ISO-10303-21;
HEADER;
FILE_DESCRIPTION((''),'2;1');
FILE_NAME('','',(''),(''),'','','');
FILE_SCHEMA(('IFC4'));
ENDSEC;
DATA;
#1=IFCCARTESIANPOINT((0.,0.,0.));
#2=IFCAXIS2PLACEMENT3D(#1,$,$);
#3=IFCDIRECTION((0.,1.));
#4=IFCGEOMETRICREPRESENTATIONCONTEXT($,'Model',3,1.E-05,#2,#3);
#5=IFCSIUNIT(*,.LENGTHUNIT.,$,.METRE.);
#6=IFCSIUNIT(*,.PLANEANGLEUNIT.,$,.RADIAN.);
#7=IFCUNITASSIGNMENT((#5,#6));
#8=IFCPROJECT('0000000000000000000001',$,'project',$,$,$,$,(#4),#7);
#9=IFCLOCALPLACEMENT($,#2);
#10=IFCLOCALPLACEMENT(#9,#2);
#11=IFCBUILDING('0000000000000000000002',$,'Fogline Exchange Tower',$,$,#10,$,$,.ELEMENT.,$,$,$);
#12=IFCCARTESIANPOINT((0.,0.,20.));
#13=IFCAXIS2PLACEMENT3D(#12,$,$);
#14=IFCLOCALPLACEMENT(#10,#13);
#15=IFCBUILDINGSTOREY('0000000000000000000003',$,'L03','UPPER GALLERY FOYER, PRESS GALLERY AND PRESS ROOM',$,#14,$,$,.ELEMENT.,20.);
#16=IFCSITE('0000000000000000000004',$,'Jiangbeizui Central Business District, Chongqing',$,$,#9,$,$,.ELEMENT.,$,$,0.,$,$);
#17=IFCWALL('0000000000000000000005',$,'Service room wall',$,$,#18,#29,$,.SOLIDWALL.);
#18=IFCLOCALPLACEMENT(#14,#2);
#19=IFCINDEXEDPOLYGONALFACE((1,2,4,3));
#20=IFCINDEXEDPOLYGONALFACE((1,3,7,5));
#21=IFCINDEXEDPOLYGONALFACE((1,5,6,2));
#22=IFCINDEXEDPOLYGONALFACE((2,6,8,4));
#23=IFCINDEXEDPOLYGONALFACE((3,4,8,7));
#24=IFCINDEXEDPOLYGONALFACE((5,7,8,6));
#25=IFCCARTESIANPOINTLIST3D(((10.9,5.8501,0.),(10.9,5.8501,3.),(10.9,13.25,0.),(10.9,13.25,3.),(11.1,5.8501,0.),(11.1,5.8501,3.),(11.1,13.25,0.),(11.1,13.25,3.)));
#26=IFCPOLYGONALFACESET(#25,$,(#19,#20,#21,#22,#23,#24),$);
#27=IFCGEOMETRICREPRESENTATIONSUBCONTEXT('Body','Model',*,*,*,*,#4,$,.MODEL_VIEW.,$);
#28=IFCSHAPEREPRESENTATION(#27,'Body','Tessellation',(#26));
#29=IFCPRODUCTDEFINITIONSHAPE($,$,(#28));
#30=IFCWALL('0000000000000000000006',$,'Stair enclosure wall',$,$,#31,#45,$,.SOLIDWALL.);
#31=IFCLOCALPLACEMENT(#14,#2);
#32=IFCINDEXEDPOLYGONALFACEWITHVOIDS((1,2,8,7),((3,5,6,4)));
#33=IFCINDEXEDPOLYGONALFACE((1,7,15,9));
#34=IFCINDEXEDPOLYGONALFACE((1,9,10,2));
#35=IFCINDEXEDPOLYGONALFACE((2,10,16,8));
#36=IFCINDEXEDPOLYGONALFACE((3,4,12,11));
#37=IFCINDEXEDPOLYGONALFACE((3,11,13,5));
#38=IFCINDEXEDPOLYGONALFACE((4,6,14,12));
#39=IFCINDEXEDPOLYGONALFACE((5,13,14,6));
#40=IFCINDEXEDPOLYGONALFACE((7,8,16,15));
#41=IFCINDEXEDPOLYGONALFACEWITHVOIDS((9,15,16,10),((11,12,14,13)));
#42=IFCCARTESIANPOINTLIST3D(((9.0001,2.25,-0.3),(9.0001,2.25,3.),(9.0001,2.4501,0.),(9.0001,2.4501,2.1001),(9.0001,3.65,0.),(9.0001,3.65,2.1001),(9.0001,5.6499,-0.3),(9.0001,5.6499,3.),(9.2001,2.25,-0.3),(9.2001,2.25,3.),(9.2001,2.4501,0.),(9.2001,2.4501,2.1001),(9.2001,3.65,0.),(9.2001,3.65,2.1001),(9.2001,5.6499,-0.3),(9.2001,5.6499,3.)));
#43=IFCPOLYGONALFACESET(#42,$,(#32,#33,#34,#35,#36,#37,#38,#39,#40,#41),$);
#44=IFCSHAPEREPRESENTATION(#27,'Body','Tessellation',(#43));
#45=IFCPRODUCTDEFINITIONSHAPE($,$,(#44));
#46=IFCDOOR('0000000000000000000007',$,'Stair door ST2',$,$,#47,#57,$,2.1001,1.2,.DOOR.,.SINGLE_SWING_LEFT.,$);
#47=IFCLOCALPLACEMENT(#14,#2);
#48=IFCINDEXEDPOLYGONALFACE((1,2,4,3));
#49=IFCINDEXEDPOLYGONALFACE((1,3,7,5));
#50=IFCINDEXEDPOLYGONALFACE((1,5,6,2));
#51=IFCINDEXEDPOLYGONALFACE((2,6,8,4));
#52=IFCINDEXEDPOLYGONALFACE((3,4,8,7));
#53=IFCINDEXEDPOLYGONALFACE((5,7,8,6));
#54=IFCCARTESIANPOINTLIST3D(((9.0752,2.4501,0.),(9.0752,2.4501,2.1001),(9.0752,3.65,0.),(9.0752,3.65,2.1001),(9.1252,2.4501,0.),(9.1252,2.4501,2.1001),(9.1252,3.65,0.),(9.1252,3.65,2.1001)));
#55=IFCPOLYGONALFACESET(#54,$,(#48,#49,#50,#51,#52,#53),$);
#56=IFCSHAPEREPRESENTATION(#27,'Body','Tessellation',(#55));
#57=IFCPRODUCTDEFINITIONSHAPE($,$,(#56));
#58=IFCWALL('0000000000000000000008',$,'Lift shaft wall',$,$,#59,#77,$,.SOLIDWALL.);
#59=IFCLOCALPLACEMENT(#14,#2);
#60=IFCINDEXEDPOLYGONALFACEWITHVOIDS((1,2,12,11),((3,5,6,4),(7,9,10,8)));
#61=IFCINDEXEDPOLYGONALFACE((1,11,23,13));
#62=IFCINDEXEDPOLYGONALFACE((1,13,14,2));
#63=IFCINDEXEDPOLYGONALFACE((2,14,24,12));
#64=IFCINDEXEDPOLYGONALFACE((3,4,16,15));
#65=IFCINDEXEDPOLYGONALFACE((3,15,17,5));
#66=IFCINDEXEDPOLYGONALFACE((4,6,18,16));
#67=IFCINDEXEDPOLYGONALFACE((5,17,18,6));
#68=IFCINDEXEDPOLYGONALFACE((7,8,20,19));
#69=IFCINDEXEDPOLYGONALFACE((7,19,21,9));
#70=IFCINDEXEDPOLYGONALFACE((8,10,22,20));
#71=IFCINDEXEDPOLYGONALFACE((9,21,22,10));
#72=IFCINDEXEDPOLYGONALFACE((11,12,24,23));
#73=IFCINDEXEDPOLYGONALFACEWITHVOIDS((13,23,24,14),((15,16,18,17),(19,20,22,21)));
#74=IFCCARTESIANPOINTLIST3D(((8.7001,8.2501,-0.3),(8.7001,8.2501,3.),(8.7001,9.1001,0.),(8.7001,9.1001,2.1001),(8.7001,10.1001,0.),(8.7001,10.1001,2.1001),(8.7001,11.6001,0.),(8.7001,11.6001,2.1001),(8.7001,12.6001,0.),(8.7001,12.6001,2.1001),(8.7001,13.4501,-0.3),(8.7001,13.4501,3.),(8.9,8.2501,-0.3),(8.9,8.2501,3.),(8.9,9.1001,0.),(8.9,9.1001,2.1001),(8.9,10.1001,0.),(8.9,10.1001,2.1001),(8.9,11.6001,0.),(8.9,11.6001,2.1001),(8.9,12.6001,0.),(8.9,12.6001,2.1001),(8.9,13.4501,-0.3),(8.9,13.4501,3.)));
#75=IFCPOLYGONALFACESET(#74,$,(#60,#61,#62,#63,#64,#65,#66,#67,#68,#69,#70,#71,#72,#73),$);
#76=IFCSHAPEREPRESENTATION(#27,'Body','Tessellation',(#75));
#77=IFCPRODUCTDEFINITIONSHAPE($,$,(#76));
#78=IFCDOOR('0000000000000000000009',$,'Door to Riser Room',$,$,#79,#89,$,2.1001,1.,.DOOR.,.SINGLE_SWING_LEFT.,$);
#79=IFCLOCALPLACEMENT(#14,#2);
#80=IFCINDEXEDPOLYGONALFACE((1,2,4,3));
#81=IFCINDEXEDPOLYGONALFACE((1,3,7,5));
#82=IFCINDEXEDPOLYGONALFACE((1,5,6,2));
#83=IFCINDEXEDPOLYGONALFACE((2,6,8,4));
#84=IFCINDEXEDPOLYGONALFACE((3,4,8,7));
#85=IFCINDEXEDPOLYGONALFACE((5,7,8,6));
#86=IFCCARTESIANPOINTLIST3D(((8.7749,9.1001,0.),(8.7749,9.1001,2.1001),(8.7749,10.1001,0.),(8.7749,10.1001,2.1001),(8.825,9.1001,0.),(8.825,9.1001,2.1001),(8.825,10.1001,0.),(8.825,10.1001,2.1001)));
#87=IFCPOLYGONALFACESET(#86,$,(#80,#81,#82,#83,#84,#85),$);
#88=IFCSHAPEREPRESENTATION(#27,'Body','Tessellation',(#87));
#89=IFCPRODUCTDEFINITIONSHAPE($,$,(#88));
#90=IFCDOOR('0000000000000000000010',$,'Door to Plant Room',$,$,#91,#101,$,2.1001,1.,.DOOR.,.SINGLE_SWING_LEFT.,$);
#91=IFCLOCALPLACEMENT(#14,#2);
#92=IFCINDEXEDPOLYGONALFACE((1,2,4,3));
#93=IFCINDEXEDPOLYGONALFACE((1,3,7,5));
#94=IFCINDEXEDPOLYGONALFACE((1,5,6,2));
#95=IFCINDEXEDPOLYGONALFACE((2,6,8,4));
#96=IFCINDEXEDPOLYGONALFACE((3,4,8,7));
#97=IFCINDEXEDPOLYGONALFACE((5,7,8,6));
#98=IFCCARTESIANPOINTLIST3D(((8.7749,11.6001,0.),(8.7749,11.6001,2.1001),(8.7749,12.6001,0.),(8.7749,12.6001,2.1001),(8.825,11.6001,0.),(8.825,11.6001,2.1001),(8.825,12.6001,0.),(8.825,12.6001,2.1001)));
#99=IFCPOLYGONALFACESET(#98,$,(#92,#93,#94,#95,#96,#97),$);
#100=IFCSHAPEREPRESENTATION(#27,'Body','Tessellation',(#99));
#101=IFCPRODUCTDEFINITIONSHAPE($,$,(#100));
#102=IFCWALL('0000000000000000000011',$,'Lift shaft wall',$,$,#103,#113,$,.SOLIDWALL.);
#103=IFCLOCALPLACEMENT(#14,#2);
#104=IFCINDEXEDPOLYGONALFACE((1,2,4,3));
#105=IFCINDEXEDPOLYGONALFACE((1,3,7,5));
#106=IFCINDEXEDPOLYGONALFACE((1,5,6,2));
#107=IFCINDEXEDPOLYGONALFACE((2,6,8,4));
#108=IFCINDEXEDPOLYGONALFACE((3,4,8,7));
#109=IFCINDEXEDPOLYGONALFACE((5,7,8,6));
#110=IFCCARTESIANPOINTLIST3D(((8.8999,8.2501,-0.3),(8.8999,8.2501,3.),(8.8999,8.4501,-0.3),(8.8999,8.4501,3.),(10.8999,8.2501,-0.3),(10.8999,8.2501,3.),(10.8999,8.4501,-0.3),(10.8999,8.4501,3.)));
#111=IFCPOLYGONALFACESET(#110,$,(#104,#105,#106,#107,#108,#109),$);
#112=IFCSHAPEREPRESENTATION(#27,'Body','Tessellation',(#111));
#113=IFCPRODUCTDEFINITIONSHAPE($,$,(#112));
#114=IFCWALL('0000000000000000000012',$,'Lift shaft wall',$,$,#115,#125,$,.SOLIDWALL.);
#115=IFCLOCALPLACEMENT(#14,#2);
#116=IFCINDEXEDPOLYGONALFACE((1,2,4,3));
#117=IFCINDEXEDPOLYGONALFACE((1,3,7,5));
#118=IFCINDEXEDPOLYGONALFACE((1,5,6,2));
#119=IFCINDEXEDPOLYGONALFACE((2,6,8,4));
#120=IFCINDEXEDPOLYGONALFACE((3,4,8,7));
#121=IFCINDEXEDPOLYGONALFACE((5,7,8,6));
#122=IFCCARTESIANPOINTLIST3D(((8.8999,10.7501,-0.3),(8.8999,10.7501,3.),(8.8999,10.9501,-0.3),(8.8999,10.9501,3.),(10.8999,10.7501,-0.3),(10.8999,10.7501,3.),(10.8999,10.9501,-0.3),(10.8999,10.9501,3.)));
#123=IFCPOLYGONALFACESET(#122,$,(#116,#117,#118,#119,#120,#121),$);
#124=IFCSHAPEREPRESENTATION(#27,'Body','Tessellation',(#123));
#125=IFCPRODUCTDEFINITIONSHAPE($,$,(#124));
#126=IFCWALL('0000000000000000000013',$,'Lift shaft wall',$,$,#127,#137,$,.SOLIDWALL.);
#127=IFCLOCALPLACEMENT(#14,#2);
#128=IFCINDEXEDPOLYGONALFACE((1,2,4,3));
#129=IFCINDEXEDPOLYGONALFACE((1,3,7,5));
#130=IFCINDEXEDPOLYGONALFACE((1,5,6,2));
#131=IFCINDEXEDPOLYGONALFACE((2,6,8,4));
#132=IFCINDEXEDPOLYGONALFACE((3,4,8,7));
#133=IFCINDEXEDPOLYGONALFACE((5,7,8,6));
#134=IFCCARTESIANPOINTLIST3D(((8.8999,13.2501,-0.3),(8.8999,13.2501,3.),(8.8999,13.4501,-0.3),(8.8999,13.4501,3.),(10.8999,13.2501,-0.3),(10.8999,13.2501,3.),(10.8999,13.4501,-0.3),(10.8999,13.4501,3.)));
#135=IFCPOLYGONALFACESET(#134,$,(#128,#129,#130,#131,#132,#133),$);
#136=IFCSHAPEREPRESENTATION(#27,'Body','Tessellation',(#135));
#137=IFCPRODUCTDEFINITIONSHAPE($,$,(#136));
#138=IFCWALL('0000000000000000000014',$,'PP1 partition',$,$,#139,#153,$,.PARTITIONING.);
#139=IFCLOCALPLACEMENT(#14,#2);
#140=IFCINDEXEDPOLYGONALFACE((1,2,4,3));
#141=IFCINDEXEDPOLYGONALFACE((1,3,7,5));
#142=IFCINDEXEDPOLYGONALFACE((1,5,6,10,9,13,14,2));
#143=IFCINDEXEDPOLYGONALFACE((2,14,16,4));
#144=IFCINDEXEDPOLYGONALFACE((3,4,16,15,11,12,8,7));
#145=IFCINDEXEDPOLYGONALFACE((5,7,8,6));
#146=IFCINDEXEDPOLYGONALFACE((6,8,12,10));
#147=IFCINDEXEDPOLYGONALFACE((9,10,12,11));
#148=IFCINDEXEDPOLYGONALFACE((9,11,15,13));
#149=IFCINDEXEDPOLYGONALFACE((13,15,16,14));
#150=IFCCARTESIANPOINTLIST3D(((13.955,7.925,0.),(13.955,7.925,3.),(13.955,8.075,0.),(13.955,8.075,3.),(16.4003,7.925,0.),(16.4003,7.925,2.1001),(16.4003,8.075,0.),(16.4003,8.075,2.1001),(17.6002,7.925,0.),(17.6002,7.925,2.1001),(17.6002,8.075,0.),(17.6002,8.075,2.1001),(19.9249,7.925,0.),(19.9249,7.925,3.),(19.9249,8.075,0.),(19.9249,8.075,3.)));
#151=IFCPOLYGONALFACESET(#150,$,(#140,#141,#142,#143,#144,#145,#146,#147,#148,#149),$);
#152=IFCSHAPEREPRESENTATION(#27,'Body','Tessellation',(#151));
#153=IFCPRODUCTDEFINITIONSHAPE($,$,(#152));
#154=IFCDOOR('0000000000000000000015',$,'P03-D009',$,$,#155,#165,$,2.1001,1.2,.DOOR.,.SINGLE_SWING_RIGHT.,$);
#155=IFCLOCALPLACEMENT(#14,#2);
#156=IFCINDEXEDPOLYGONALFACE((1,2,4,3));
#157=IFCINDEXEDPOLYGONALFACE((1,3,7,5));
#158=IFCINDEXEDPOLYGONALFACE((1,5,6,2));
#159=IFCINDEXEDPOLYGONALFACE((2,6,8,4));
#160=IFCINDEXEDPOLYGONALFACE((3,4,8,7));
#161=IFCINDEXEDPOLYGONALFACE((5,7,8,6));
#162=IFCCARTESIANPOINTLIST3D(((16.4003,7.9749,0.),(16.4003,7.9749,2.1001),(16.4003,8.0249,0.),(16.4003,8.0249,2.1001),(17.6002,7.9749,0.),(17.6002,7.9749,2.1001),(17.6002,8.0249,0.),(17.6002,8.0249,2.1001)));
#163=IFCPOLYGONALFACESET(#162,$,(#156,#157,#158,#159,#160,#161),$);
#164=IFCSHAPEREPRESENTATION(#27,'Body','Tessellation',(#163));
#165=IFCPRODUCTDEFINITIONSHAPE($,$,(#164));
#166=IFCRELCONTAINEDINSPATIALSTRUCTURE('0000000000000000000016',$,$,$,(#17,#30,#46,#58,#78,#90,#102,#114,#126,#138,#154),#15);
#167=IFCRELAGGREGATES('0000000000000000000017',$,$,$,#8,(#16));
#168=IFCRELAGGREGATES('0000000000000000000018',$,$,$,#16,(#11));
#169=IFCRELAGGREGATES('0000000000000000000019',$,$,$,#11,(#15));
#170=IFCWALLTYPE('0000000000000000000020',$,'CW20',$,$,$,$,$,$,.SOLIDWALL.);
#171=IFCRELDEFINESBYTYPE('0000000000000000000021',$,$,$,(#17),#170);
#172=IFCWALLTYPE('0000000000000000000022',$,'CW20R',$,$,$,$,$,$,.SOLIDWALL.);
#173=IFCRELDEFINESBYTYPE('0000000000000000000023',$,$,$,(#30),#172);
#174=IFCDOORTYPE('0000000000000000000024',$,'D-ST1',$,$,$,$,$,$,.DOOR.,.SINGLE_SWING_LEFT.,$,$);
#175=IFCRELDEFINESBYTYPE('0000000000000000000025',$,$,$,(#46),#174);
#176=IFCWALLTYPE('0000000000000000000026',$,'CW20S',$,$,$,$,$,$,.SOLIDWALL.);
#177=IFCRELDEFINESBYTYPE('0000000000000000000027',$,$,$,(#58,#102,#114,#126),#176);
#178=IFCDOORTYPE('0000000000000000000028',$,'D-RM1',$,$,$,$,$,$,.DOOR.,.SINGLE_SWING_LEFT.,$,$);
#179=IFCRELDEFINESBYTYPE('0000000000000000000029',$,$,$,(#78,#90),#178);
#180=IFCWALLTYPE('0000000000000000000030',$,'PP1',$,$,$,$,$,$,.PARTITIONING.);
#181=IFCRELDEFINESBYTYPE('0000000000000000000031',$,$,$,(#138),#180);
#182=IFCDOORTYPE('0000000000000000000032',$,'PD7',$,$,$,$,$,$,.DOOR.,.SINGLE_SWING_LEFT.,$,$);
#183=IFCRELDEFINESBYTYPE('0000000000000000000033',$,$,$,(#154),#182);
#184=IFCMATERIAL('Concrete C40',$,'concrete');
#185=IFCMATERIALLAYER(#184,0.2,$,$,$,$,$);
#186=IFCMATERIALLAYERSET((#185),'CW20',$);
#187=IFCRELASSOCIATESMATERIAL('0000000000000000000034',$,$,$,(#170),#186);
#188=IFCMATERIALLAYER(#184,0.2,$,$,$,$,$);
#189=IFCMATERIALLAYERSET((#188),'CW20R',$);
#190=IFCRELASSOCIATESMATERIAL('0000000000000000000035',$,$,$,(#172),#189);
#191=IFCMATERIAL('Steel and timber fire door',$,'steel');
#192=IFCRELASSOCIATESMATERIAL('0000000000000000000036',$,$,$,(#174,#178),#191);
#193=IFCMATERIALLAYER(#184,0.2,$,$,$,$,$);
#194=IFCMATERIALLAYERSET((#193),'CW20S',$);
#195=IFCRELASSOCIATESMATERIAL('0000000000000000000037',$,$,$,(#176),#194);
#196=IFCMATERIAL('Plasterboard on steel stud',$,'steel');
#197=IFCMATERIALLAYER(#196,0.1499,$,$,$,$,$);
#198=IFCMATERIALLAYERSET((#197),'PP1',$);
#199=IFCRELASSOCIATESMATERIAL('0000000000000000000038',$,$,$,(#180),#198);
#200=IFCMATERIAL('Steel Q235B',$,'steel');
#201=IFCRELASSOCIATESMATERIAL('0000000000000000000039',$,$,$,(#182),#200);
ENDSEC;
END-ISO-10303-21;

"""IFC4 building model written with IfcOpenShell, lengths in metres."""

from ifc_helpers import new_model, si_unit, direction, frame, frame_2d, origin, place, context, subcontext, project, spatial, rectangle, extrude, material, layer, layer_set, type_object, element, fill, save


model = new_model("IFC4")

# Units and contexts
model_context = context("Model", 3, precision=1e-05, world=origin(), true_north=direction((0.0, 1.0)))
body_context = subcontext(model_context, "Body", "Model", "MODEL_VIEW")
ifc_project = project(units=[si_unit("LENGTHUNIT", "METRE"), si_unit("PLANEANGLEUNIT", "RADIAN")], contexts=[model_context])

# Site, building, storey
site_placement = place(None, origin())
site = spatial("IfcSite", under=ifc_project, at=site_placement, Name="Jiangbeizui Central Business District, Chongqing", CompositionType="ELEMENT", RefElevation=0.0)
building_placement = place(site_placement, origin())
building = spatial("IfcBuilding", under=site, at=building_placement, Name="Fogline Exchange Tower", CompositionType="ELEMENT")
storey_placement = place(building_placement, frame((0.0, 0.0, 20.0)))
storey = spatial("IfcBuildingStorey", under=building, at=storey_placement, Name="L03", Description="UPPER GALLERY FOYER, PRESS GALLERY AND PRESS ROOM", CompositionType="ELEMENT", Elevation=20.0)

# Wall
ifc_material_1 = material(Name="Concrete C40", Category="concrete")
ifc_layer_1 = layer(ifc_material_1, 0.2)
ifc_layer_set_1 = layer_set([ifc_layer_1], Name="CW20")
wall_type_1 = type_object("IfcWallType", Name="CW20", PredefinedType="SOLIDWALL", material=ifc_layer_set_1)
wall_1_placement = place(storey_placement, frame((11.0, 5.8501, 0.0), z_axis=(0.0, 0.0, 1.0), x_axis=(0.0, 1.0, 0.0)))
element("IfcWall", 1, at=wall_1_placement, inside=storey, type_object=wall_type_1, Name="Service room wall", PredefinedType="SOLIDWALL", context=body_context, shape_type="SweptSolid", body=[
    extrude(rectangle(XDim=7.3999, YDim=0.2, at=frame_2d((3.7, 0.0))), origin(), (0.0, 0.0, 1.0), 3.0),
])

# Wall, opening, door
ifc_layer_2 = layer(ifc_material_1, 0.2)
ifc_layer_set_2 = layer_set([ifc_layer_2], Name="CW20R")
wall_type_2 = type_object("IfcWallType", Name="CW20R", PredefinedType="SOLIDWALL", material=ifc_layer_set_2)
wall_2_placement = place(storey_placement, frame((9.1001, 2.25, -0.3), z_axis=(0.0, 0.0, 1.0), x_axis=(0.0, 1.0, 0.0)))
wall_2 = element("IfcWall", 2, at=wall_2_placement, inside=storey, type_object=wall_type_2, Name="Stair enclosure wall", PredefinedType="SOLIDWALL", context=body_context, shape_type="SweptSolid", body=[
    extrude(rectangle(XDim=3.3999, YDim=0.2, at=frame_2d((1.7, 0.0))), origin(), (0.0, 0.0, 1.0), 3.3),
])
opening_1_placement = place(wall_2_placement, frame((0.2, 0.0, 0.3)))
opening_1 = element("IfcOpeningElement", 3, at=opening_1_placement, cuts=wall_2, PredefinedType="OPENING", context=body_context, shape_type="SweptSolid", body=[
    extrude(rectangle(XDim=1.2, YDim=2.1001, at=frame_2d((0.6001, 1.05))), frame((0.0, 0.1099, 0.0), z_axis=(0.0, -1.0, 0.0), x_axis=(1.0, 0.0, 0.0)), (0.0, 0.0, 1.0), 0.22),
])
ifc_material_2 = material(Name="Steel and timber fire door", Category="steel")
door_type_1 = type_object("IfcDoorType", Name="D-ST1", OperationType="SINGLE_SWING_LEFT", PredefinedType="DOOR", material=ifc_material_2)
door_1_placement = place(opening_1_placement, origin())
door_1 = element("IfcDoor", 4, at=door_1_placement, inside=storey, type_object=door_type_1, Name="Stair door ST2", OperationType="SINGLE_SWING_LEFT", OverallHeight=2.1001, OverallWidth=1.2, PredefinedType="DOOR", context=body_context, shape_type="SweptSolid", body=[
    extrude(rectangle(XDim=1.2, YDim=2.1001, at=frame_2d((0.6001, 1.05))), frame((0.0, 0.0249, 0.0), z_axis=(0.0, -1.0, 0.0), x_axis=(1.0, 0.0, 0.0)), (0.0, 0.0, 1.0), 0.05),
])
fill(opening_1, door_1)

# Wall, openings, doors
ifc_layer_3 = layer(ifc_material_1, 0.2)
ifc_layer_set_3 = layer_set([ifc_layer_3], Name="CW20S")
wall_type_3 = type_object("IfcWallType", Name="CW20S", PredefinedType="SOLIDWALL", material=ifc_layer_set_3)
wall_3_placement = place(storey_placement, frame((8.8, 8.25, -0.3), z_axis=(0.0, 0.0, 1.0), x_axis=(0.0, 1.0, 0.0)))
wall_3 = element("IfcWall", 5, at=wall_3_placement, inside=storey, type_object=wall_type_3, Name="Lift shaft wall", PredefinedType="SOLIDWALL", context=body_context, shape_type="SweptSolid", body=[
    extrude(rectangle(XDim=5.2, YDim=0.2, at=frame_2d((2.6001, 0.0))), origin(), (0.0, 0.0, 1.0), 3.3),
])
opening_2_placement = place(wall_3_placement, frame((0.8501, 0.0, 0.3)))
opening_2 = element("IfcOpeningElement", 6, at=opening_2_placement, cuts=wall_3, PredefinedType="OPENING", context=body_context, shape_type="SweptSolid", body=[
    extrude(rectangle(XDim=1.0, YDim=2.1001, at=frame_2d((0.5, 1.05))), frame((0.0, 0.1099, 0.0), z_axis=(0.0, -1.0, 0.0), x_axis=(1.0, 0.0, 0.0)), (0.0, 0.0, 1.0), 0.22),
])
opening_3_placement = place(wall_3_placement, frame((3.3501, 0.0, 0.3)))
opening_3 = element("IfcOpeningElement", 7, at=opening_3_placement, cuts=wall_3, PredefinedType="OPENING", context=body_context, shape_type="SweptSolid", body=[
    extrude(rectangle(XDim=1.0, YDim=2.1001, at=frame_2d((0.5, 1.05))), frame((0.0, 0.1099, 0.0), z_axis=(0.0, -1.0, 0.0), x_axis=(1.0, 0.0, 0.0)), (0.0, 0.0, 1.0), 0.22),
])
door_type_2 = type_object("IfcDoorType", Name="D-RM1", OperationType="SINGLE_SWING_LEFT", PredefinedType="DOOR", material=ifc_material_2)
door_2_placement = place(opening_2_placement, frame((1.0, 0.0, 0.0), z_axis=(0.0, 0.0, 1.0), x_axis=(-1.0, 0.0, 0.0)))
door_2 = element("IfcDoor", 8, at=door_2_placement, inside=storey, type_object=door_type_2, Name="Door to Riser Room", OperationType="SINGLE_SWING_LEFT", OverallHeight=2.1001, OverallWidth=1.0, PredefinedType="DOOR", context=body_context, shape_type="SweptSolid", body=[
    extrude(rectangle(XDim=1.0, YDim=2.1001, at=frame_2d((0.5, 1.05))), frame((0.0, 0.0249, 0.0), z_axis=(0.0, -1.0, 0.0), x_axis=(1.0, 0.0, 0.0)), (0.0, 0.0, 1.0), 0.05),
])
fill(opening_2, door_2)
door_3_placement = place(opening_3_placement, frame((1.0, 0.0, 0.0), z_axis=(0.0, 0.0, 1.0), x_axis=(-1.0, 0.0, 0.0)))
door_3 = element("IfcDoor", 9, at=door_3_placement, inside=storey, type_object=door_type_2, Name="Door to Plant Room", OperationType="SINGLE_SWING_LEFT", OverallHeight=2.1001, OverallWidth=1.0, PredefinedType="DOOR", context=body_context, shape_type="SweptSolid", body=[
    extrude(rectangle(XDim=1.0, YDim=2.1001, at=frame_2d((0.5, 1.05))), frame((0.0, 0.0249, 0.0), z_axis=(0.0, -1.0, 0.0), x_axis=(1.0, 0.0, 0.0)), (0.0, 0.0, 1.0), 0.05),
])
fill(opening_3, door_3)

# Walls
for number, where, z_axis, x_axis, name in (
    (10, (8.8999, 8.3501, -0.3), (0.0, 0.0, 1.0), (1.0, 0.0, 0.0), "Lift shaft wall"),
    (11, (8.8999, 10.8501, -0.3), (0.0, 0.0, 1.0), (1.0, 0.0, 0.0), "Lift shaft wall"),
    (12, (8.8999, 13.3501, -0.3), (0.0, 0.0, 1.0), (1.0, 0.0, 0.0), "Lift shaft wall"),
):
    element("IfcWall", number, at=place(storey_placement, frame(where, z_axis=z_axis, x_axis=x_axis)), inside=storey, type_object=wall_type_3, Name=name, PredefinedType="SOLIDWALL", context=body_context, shape_type="SweptSolid", body=[
        extrude(rectangle(XDim=2.0, YDim=0.2, at=frame_2d((1.0, 0.0))), origin(), (0.0, 0.0, 1.0), 3.3),
    ])

# Wall, opening, door
ifc_material_3 = material(Name="Plasterboard on steel stud", Category="steel")
ifc_layer_4 = layer(ifc_material_3, 0.1499)
ifc_layer_set_4 = layer_set([ifc_layer_4], Name="PP1")
wall_type_4 = type_object("IfcWallType", Name="PP1", PredefinedType="PARTITIONING", material=ifc_layer_set_4)
wall_4_placement = place(storey_placement, frame((13.9551, 8.0, 0.0), z_axis=(0.0, 0.0, 1.0), x_axis=(1.0, 0.0, 0.0)))
wall_4 = element("IfcWall", 13, at=wall_4_placement, inside=storey, type_object=wall_type_4, Name="PP1 partition", PredefinedType="PARTITIONING", context=body_context, shape_type="SweptSolid", body=[
    extrude(rectangle(XDim=5.97, YDim=0.1499, at=frame_2d((2.9849, 0.0))), origin(), (0.0, 0.0, 1.0), 3.0),
])
opening_4_placement = place(wall_4_placement, frame((2.4451, 0.0, 0.0)))
opening_4 = element("IfcOpeningElement", 14, at=opening_4_placement, cuts=wall_4, PredefinedType="OPENING", context=body_context, shape_type="SweptSolid", body=[
    extrude(rectangle(XDim=1.2, YDim=2.1001, at=frame_2d((0.6001, 1.05))), frame((0.0, 0.085, 0.0), z_axis=(0.0, -1.0, 0.0), x_axis=(1.0, 0.0, 0.0)), (0.0, 0.0, 1.0), 0.1699),
])
ifc_material_4 = material(Name="Steel Q235B", Category="steel")
door_type_3 = type_object("IfcDoorType", Name="PD7", OperationType="SINGLE_SWING_LEFT", PredefinedType="DOOR", material=ifc_material_4)
door_4_placement = place(opening_4_placement, origin())
door_4 = element("IfcDoor", 15, at=door_4_placement, inside=storey, type_object=door_type_3, Name="P03-D009", OperationType="SINGLE_SWING_RIGHT", OverallHeight=2.1001, OverallWidth=1.2, PredefinedType="DOOR", context=body_context, shape_type="SweptSolid", body=[
    extrude(rectangle(XDim=1.2, YDim=2.1001, at=frame_2d((0.6001, 1.05))), frame((0.0, 0.0249, 0.0), z_axis=(0.0, -1.0, 0.0), x_axis=(1.0, 0.0, 0.0)), (0.0, 0.0, 1.0), 0.05),
])
fill(opening_4, door_4)

save(model, "model.ifc")
